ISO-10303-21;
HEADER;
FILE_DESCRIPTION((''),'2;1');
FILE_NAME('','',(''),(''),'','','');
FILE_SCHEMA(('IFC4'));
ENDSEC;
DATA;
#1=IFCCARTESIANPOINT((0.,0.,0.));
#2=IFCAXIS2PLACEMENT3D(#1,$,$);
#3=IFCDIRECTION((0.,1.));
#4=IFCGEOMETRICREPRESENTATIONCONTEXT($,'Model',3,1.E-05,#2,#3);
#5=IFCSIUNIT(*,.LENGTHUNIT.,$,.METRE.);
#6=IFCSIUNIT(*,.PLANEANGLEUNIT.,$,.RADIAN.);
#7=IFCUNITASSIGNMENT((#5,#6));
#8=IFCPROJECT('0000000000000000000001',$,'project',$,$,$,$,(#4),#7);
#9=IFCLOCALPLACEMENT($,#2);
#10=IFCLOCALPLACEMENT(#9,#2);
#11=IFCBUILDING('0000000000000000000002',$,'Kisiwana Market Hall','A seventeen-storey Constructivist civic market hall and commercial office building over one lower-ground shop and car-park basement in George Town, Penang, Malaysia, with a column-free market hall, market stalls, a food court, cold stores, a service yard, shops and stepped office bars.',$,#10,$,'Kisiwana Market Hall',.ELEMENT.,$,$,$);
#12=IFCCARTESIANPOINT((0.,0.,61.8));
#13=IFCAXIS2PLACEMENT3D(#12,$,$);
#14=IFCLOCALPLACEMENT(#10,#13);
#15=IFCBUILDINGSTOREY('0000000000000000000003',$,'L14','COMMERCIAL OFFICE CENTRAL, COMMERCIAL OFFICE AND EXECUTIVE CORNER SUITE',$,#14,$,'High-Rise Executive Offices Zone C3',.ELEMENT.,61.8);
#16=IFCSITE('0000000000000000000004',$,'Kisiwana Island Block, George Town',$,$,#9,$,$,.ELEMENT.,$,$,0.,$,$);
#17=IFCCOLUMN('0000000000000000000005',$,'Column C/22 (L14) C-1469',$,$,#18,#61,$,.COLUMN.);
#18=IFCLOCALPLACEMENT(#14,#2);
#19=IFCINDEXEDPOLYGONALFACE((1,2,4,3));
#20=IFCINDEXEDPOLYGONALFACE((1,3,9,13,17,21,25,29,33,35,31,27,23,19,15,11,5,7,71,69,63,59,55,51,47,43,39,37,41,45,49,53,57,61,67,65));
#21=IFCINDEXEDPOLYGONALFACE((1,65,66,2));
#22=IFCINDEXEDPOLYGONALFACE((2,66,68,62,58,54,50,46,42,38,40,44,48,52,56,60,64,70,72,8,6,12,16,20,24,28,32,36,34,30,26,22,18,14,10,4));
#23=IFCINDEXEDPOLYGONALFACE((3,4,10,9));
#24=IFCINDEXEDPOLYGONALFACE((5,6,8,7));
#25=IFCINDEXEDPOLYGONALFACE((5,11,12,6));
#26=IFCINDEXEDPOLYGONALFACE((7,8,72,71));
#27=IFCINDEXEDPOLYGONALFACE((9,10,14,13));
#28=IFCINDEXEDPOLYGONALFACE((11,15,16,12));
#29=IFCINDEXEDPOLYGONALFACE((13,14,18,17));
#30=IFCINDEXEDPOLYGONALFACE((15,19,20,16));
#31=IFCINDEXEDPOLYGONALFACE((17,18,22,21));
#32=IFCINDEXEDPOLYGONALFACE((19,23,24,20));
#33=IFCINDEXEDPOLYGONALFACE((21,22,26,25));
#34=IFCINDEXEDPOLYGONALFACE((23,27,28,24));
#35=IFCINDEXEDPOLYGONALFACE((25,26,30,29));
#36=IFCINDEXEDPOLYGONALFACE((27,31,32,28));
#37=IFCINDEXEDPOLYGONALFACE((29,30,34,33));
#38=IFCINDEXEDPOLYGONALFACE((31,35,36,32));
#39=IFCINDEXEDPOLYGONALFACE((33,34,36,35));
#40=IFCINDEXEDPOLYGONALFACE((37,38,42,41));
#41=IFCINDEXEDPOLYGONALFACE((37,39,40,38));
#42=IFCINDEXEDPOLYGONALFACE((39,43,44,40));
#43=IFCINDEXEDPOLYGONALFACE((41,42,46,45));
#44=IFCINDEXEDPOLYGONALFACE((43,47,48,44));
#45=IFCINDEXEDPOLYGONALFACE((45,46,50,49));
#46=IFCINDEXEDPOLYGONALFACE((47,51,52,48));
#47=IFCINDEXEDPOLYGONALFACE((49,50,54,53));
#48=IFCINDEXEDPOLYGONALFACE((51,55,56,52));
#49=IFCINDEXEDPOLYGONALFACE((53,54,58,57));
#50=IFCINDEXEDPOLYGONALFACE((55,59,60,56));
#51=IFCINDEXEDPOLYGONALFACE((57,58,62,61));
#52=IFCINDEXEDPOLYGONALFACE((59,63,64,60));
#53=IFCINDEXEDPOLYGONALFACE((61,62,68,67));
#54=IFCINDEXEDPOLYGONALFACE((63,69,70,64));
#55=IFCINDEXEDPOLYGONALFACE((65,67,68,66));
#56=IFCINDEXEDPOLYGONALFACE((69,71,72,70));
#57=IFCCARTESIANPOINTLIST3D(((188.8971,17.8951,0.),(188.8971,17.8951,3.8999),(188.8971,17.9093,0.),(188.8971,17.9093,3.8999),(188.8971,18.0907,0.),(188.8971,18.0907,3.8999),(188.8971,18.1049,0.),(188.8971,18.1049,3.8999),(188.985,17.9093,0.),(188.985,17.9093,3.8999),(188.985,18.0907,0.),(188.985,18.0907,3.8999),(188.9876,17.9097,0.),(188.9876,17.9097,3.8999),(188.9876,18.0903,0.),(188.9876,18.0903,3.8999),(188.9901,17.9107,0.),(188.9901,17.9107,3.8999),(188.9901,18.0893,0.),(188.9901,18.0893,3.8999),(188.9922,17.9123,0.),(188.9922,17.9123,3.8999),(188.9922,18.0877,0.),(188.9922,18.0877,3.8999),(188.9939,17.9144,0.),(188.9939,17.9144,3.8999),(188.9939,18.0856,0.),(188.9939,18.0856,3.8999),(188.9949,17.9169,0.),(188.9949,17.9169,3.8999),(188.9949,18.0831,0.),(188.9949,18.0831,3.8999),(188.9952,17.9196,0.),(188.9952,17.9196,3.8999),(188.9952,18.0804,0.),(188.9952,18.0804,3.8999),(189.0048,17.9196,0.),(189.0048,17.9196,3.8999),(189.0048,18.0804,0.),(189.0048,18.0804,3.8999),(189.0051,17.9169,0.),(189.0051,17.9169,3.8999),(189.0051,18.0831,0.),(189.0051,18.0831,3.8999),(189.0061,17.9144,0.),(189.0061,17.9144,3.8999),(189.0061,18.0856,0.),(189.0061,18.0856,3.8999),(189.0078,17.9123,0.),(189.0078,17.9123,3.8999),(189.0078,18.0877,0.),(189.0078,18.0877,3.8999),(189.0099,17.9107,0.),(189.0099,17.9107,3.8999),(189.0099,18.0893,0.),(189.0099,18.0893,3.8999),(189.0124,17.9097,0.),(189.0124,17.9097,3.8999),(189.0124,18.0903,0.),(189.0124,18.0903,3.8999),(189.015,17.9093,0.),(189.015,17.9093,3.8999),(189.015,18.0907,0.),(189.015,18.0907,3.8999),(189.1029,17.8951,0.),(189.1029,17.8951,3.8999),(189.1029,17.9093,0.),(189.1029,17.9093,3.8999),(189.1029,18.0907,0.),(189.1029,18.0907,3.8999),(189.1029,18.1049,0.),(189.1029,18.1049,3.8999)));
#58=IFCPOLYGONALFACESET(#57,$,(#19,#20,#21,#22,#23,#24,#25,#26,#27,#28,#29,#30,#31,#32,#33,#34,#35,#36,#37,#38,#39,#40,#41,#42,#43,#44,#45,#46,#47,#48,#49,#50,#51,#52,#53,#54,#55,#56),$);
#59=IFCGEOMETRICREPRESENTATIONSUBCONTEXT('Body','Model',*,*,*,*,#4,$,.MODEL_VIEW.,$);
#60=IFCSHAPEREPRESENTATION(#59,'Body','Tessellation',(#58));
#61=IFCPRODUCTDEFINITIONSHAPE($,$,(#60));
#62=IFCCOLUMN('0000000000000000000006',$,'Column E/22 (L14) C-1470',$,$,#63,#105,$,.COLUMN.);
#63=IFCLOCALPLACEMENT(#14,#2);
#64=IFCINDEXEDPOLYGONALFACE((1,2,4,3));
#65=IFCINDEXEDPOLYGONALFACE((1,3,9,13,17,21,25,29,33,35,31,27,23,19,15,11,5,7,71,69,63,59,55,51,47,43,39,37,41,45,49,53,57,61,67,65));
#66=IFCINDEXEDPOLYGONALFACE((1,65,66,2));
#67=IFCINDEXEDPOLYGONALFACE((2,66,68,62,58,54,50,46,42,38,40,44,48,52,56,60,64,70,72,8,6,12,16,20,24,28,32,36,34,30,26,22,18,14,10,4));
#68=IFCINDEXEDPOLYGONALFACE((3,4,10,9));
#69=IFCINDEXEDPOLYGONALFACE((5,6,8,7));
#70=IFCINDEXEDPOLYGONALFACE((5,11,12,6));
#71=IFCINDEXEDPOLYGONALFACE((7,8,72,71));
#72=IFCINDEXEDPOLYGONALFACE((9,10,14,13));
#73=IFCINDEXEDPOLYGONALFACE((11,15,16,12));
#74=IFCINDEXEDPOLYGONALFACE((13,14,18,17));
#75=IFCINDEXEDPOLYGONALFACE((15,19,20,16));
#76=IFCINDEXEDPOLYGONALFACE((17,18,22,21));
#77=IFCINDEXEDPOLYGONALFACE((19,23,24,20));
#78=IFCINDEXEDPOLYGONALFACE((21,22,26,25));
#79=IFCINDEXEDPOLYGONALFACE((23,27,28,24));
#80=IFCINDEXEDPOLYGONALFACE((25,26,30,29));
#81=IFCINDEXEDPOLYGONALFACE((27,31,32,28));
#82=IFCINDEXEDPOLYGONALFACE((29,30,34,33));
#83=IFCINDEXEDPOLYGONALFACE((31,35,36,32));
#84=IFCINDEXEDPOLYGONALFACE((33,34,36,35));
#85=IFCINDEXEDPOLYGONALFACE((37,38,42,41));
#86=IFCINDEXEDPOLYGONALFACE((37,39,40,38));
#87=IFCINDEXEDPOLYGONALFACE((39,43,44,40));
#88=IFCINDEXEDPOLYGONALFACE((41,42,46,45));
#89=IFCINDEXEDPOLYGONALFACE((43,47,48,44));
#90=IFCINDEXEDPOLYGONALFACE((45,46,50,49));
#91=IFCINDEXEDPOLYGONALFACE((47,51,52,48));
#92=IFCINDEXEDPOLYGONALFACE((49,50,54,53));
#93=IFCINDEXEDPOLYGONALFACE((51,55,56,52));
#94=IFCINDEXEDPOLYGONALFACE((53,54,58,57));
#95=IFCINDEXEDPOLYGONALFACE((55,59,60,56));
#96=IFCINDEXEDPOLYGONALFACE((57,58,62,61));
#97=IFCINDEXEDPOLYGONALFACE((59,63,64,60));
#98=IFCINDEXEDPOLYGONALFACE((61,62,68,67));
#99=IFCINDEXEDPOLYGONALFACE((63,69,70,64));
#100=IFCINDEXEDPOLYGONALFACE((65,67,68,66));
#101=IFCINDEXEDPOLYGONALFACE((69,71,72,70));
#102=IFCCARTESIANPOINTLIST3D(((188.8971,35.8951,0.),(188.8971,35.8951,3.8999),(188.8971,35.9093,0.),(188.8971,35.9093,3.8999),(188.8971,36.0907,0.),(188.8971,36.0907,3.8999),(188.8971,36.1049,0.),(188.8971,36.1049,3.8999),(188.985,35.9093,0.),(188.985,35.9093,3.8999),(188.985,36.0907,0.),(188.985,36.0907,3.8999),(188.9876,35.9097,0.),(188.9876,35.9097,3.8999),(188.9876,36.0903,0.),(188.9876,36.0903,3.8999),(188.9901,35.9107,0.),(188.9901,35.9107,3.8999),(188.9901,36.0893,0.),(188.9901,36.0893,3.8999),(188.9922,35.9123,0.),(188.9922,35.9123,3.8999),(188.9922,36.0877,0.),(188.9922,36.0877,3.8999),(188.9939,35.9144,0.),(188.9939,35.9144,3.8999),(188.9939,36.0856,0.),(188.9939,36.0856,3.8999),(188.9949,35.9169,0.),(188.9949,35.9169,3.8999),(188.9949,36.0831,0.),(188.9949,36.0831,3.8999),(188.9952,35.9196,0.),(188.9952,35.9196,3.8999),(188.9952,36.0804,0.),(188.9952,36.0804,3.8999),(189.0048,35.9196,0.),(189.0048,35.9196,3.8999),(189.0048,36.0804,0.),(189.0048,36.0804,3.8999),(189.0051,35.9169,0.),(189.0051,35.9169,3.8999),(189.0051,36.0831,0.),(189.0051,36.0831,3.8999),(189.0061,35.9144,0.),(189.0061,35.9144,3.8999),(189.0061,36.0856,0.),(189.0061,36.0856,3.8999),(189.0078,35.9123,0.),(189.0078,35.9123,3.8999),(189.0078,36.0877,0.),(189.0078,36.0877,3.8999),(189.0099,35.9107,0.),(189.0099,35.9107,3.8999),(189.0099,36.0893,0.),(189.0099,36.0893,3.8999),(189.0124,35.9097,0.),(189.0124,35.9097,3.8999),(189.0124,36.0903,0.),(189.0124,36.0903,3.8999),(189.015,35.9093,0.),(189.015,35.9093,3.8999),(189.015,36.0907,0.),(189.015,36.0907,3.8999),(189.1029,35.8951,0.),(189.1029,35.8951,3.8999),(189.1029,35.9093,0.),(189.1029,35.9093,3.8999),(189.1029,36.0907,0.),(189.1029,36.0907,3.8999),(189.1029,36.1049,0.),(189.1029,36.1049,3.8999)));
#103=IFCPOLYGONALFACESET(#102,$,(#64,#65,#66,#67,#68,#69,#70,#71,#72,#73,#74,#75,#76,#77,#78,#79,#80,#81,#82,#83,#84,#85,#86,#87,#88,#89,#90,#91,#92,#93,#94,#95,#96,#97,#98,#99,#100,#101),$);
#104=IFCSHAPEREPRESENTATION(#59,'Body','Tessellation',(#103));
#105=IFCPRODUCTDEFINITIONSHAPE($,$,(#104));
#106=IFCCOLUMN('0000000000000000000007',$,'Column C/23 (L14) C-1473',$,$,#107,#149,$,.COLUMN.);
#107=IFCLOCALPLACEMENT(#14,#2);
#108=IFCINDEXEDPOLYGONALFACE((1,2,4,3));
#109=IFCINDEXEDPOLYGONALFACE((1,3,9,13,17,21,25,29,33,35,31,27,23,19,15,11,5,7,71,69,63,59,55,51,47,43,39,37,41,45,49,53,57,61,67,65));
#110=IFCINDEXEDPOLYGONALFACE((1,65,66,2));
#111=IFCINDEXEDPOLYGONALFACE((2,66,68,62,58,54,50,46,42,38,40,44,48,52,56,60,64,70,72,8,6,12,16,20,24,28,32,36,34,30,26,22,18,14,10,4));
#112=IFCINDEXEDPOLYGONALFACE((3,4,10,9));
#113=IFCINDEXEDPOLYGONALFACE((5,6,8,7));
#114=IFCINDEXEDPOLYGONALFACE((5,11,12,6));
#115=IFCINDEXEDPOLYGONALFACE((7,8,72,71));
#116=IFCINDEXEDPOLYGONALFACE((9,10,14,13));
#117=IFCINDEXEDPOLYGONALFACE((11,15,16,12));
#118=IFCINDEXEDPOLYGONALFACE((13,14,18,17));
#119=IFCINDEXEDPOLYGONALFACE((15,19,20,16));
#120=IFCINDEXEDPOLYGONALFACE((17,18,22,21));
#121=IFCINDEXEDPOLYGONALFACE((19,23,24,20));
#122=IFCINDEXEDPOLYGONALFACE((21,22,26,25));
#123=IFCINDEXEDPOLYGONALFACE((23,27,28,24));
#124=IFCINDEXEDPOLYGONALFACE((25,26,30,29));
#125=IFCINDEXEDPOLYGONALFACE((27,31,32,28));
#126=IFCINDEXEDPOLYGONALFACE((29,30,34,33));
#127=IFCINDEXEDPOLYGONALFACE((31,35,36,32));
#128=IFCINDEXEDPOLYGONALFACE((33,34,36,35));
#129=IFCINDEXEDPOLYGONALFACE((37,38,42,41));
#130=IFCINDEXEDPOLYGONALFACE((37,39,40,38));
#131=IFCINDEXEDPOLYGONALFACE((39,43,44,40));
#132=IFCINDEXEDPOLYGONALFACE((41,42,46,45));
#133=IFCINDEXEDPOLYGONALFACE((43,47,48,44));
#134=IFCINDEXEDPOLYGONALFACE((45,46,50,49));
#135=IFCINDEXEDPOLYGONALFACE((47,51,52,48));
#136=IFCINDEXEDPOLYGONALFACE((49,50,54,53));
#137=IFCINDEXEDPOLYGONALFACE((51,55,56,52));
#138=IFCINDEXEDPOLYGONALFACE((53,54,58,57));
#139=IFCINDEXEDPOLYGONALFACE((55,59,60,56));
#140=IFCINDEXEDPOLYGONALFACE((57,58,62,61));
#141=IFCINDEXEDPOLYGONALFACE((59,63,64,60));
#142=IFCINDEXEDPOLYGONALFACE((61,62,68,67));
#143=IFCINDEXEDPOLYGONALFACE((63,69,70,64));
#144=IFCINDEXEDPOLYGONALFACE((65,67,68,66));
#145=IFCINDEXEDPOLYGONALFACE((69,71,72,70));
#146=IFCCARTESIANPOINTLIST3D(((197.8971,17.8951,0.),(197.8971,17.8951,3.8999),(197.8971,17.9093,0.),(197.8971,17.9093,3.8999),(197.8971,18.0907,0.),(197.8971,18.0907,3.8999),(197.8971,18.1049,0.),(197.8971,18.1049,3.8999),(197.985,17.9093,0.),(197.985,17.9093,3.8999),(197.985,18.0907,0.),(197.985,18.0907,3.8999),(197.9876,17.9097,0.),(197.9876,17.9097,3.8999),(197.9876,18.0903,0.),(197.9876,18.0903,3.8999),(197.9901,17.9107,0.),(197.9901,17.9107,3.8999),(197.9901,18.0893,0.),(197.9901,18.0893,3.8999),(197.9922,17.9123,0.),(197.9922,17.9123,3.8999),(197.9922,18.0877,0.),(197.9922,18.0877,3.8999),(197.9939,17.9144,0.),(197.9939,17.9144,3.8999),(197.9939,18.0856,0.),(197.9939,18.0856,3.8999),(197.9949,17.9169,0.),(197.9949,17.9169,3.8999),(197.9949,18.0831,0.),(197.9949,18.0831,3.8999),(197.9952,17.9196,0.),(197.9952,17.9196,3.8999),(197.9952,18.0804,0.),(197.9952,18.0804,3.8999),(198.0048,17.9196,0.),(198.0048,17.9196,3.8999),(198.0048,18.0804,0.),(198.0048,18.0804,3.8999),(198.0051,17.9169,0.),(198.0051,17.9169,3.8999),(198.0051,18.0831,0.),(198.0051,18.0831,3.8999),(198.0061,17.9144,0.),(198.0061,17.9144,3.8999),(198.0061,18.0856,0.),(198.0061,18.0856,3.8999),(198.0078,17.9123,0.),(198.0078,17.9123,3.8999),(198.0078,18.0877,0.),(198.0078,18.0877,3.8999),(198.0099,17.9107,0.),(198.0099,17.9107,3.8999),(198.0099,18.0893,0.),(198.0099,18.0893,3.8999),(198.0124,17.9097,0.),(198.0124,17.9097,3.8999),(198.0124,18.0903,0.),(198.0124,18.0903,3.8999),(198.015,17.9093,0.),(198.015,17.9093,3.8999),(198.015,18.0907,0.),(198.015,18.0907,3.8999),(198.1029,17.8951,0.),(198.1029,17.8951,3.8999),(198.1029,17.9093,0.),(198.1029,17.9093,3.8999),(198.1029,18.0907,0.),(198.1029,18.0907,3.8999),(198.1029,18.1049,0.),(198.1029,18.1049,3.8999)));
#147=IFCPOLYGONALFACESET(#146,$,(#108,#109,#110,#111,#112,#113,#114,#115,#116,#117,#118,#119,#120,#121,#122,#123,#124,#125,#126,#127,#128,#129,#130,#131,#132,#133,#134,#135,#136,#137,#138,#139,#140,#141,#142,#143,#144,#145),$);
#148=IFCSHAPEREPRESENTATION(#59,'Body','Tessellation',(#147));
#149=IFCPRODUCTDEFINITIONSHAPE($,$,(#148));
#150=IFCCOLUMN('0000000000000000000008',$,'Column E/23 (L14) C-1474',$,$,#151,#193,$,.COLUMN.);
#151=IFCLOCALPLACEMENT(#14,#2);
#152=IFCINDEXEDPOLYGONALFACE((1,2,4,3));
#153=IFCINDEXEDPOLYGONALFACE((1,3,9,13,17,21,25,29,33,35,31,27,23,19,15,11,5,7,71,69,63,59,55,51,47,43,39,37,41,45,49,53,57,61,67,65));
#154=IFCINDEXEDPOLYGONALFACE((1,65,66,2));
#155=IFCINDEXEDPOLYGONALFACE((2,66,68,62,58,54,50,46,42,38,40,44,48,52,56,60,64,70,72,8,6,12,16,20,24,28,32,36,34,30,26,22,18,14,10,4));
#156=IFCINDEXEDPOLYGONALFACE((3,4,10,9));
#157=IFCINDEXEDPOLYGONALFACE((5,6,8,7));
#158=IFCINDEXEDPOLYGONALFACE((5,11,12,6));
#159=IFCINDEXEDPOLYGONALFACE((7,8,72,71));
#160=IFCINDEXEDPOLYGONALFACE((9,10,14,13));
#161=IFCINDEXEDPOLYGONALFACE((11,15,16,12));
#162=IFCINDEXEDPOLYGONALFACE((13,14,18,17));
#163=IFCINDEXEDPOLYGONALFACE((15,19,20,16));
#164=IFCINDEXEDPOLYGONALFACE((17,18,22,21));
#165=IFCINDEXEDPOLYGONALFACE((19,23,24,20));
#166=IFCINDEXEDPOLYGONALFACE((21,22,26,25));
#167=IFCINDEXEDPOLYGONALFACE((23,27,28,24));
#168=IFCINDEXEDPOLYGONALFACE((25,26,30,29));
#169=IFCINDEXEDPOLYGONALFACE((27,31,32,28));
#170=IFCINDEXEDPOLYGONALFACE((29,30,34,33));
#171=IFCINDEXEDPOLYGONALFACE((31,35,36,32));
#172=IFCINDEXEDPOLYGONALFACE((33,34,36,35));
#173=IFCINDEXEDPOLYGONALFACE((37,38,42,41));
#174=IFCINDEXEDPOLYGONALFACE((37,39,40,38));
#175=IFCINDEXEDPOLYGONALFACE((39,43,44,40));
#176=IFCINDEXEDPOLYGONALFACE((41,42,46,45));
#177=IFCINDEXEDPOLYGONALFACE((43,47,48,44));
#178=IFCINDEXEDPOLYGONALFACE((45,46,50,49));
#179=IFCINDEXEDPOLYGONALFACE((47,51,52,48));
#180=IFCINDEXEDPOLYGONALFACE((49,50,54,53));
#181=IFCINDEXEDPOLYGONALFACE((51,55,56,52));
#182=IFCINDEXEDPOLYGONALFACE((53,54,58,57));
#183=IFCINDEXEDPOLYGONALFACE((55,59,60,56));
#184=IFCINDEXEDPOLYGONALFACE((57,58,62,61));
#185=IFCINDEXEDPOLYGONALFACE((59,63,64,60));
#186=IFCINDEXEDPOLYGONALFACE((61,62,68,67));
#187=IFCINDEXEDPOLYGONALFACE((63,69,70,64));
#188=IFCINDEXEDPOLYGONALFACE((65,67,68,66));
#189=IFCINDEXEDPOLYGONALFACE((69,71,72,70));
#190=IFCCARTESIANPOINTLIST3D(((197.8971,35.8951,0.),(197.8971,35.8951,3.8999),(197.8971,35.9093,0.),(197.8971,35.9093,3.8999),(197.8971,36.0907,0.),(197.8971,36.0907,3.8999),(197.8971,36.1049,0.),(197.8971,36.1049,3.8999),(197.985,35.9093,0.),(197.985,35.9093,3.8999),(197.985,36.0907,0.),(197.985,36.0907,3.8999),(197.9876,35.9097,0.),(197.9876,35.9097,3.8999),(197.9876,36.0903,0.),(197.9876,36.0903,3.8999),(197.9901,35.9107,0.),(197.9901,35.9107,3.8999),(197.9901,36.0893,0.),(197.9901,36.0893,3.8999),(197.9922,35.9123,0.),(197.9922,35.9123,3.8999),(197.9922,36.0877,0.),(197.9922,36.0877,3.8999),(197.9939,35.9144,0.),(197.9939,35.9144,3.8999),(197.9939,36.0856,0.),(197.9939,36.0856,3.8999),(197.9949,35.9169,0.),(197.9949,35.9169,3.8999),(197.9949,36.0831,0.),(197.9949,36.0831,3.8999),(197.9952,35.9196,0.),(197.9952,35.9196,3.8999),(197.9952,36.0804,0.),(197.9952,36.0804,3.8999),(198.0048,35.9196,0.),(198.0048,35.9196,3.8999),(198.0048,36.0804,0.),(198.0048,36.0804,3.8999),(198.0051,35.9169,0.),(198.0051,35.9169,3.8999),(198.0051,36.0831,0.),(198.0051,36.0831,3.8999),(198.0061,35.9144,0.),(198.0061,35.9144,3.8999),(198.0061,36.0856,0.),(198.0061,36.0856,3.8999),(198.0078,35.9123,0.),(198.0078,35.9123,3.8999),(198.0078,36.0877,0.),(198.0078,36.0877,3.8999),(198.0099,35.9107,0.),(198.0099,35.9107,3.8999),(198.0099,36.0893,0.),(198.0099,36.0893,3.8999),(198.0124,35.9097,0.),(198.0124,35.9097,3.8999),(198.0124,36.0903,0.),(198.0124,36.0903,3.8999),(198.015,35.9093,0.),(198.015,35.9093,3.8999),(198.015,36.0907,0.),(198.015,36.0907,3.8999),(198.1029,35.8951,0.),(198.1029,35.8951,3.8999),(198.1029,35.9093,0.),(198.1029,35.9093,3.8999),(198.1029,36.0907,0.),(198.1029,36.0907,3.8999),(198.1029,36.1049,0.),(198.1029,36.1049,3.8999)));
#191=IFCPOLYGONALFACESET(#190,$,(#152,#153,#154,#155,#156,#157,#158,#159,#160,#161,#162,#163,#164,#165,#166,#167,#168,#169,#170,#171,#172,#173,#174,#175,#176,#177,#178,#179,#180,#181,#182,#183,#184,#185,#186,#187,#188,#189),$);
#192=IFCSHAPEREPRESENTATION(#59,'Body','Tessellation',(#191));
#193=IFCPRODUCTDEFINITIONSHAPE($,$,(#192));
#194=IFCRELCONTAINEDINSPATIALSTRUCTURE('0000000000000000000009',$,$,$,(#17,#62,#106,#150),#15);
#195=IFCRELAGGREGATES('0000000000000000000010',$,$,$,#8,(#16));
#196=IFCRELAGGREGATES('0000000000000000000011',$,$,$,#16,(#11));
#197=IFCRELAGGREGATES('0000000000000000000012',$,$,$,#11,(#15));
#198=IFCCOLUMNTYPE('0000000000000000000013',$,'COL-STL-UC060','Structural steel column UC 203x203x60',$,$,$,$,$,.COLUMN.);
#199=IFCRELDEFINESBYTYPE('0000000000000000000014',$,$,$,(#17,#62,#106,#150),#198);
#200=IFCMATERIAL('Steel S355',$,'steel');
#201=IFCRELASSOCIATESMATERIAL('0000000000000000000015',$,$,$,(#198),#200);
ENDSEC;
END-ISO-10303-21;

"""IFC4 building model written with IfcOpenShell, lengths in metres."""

from ifc_helpers import new_model, si_unit, direction, frame, origin, origin_2d, place, context, subcontext, project, spatial, i_section, extrude, material, material_profile, profile_set, type_object, element, save


model = new_model("IFC4")

# Units and contexts
model_context = context("Model", 3, precision=1e-05, world=origin(), true_north=direction((0.0, 1.0)))
body_context = subcontext(model_context, "Body", "Model", "MODEL_VIEW")
ifc_project = project(units=[si_unit("LENGTHUNIT", "METRE"), si_unit("PLANEANGLEUNIT", "RADIAN")], contexts=[model_context])

# Site, building, storey
site_placement = place(None, origin())
site = spatial("IfcSite", under=ifc_project, at=site_placement, Name="Kisiwana Island Block, George Town", CompositionType="ELEMENT", RefElevation=0.0)
building_placement = place(site_placement, origin())
building = spatial("IfcBuilding", under=site, at=building_placement, Name="Kisiwana Market Hall", Description="A seventeen-storey Constructivist civic market hall and commercial office building over one lower-ground shop and car-park basement in George Town, Penang, Malaysia, with a column-free market hall, market stalls, a food court, cold stores, a service yard, shops and stepped office bars.", LongName="Kisiwana Market Hall", CompositionType="ELEMENT")
storey_placement = place(building_placement, frame((0.0, 0.0, 61.8)))
storey = spatial("IfcBuildingStorey", under=building, at=storey_placement, Name="L14", Description="COMMERCIAL OFFICE CENTRAL, COMMERCIAL OFFICE AND EXECUTIVE CORNER SUITE", LongName="High-Rise Executive Offices Zone C3", CompositionType="ELEMENT", Elevation=61.8)

# Columns
ifc_material_1 = material(Name="Steel S355", Category="steel")
ifc_material_profile_1 = material_profile(ifc_material_1, i_section(OverallWidth=0.2058, OverallDepth=0.2097, WebThickness=0.0095, FlangeThickness=0.0142, FilletRadius=0.0103, at=origin_2d()), Name="UC 203x203x60")
ifc_profile_set_1 = profile_set([ifc_material_profile_1], Name="Steel S355")
column_type = type_object("IfcColumnType", Name="COL-STL-UC060", Description="Structural steel column UC 203x203x60", PredefinedType="COLUMN", material=ifc_profile_set_1)
for number, where, z_axis, x_axis, name in (
    (1, (189.0, 18.0, 0.0), (0.0, 0.0, 1.0), (1.0, 0.0, 0.0), "Column C/22 (L14) C-1469"),
    (2, (189.0, 36.0, 0.0), (0.0, 0.0, 1.0), (1.0, 0.0, 0.0), "Column E/22 (L14) C-1470"),
    (3, (198.0, 18.0, 0.0), (0.0, 0.0, 1.0), (1.0, 0.0, 0.0), "Column C/23 (L14) C-1473"),
    (4, (198.0, 36.0, 0.0), (0.0, 0.0, 1.0), (1.0, 0.0, 0.0), "Column E/23 (L14) C-1474"),
):
    element("IfcColumn", number, at=place(storey_placement, frame(where, z_axis=z_axis, x_axis=x_axis)), inside=storey, type_object=column_type, Name=name, PredefinedType="COLUMN", context=body_context, shape_type="SweptSolid", body=[
        extrude(i_section(OverallWidth=0.2058, OverallDepth=0.2097, WebThickness=0.0095, FlangeThickness=0.0142, FilletRadius=0.0103, at=origin_2d()), origin(), (0.0, 0.0, 1.0), 3.8999),
    ])

save(model, "model.ifc")
